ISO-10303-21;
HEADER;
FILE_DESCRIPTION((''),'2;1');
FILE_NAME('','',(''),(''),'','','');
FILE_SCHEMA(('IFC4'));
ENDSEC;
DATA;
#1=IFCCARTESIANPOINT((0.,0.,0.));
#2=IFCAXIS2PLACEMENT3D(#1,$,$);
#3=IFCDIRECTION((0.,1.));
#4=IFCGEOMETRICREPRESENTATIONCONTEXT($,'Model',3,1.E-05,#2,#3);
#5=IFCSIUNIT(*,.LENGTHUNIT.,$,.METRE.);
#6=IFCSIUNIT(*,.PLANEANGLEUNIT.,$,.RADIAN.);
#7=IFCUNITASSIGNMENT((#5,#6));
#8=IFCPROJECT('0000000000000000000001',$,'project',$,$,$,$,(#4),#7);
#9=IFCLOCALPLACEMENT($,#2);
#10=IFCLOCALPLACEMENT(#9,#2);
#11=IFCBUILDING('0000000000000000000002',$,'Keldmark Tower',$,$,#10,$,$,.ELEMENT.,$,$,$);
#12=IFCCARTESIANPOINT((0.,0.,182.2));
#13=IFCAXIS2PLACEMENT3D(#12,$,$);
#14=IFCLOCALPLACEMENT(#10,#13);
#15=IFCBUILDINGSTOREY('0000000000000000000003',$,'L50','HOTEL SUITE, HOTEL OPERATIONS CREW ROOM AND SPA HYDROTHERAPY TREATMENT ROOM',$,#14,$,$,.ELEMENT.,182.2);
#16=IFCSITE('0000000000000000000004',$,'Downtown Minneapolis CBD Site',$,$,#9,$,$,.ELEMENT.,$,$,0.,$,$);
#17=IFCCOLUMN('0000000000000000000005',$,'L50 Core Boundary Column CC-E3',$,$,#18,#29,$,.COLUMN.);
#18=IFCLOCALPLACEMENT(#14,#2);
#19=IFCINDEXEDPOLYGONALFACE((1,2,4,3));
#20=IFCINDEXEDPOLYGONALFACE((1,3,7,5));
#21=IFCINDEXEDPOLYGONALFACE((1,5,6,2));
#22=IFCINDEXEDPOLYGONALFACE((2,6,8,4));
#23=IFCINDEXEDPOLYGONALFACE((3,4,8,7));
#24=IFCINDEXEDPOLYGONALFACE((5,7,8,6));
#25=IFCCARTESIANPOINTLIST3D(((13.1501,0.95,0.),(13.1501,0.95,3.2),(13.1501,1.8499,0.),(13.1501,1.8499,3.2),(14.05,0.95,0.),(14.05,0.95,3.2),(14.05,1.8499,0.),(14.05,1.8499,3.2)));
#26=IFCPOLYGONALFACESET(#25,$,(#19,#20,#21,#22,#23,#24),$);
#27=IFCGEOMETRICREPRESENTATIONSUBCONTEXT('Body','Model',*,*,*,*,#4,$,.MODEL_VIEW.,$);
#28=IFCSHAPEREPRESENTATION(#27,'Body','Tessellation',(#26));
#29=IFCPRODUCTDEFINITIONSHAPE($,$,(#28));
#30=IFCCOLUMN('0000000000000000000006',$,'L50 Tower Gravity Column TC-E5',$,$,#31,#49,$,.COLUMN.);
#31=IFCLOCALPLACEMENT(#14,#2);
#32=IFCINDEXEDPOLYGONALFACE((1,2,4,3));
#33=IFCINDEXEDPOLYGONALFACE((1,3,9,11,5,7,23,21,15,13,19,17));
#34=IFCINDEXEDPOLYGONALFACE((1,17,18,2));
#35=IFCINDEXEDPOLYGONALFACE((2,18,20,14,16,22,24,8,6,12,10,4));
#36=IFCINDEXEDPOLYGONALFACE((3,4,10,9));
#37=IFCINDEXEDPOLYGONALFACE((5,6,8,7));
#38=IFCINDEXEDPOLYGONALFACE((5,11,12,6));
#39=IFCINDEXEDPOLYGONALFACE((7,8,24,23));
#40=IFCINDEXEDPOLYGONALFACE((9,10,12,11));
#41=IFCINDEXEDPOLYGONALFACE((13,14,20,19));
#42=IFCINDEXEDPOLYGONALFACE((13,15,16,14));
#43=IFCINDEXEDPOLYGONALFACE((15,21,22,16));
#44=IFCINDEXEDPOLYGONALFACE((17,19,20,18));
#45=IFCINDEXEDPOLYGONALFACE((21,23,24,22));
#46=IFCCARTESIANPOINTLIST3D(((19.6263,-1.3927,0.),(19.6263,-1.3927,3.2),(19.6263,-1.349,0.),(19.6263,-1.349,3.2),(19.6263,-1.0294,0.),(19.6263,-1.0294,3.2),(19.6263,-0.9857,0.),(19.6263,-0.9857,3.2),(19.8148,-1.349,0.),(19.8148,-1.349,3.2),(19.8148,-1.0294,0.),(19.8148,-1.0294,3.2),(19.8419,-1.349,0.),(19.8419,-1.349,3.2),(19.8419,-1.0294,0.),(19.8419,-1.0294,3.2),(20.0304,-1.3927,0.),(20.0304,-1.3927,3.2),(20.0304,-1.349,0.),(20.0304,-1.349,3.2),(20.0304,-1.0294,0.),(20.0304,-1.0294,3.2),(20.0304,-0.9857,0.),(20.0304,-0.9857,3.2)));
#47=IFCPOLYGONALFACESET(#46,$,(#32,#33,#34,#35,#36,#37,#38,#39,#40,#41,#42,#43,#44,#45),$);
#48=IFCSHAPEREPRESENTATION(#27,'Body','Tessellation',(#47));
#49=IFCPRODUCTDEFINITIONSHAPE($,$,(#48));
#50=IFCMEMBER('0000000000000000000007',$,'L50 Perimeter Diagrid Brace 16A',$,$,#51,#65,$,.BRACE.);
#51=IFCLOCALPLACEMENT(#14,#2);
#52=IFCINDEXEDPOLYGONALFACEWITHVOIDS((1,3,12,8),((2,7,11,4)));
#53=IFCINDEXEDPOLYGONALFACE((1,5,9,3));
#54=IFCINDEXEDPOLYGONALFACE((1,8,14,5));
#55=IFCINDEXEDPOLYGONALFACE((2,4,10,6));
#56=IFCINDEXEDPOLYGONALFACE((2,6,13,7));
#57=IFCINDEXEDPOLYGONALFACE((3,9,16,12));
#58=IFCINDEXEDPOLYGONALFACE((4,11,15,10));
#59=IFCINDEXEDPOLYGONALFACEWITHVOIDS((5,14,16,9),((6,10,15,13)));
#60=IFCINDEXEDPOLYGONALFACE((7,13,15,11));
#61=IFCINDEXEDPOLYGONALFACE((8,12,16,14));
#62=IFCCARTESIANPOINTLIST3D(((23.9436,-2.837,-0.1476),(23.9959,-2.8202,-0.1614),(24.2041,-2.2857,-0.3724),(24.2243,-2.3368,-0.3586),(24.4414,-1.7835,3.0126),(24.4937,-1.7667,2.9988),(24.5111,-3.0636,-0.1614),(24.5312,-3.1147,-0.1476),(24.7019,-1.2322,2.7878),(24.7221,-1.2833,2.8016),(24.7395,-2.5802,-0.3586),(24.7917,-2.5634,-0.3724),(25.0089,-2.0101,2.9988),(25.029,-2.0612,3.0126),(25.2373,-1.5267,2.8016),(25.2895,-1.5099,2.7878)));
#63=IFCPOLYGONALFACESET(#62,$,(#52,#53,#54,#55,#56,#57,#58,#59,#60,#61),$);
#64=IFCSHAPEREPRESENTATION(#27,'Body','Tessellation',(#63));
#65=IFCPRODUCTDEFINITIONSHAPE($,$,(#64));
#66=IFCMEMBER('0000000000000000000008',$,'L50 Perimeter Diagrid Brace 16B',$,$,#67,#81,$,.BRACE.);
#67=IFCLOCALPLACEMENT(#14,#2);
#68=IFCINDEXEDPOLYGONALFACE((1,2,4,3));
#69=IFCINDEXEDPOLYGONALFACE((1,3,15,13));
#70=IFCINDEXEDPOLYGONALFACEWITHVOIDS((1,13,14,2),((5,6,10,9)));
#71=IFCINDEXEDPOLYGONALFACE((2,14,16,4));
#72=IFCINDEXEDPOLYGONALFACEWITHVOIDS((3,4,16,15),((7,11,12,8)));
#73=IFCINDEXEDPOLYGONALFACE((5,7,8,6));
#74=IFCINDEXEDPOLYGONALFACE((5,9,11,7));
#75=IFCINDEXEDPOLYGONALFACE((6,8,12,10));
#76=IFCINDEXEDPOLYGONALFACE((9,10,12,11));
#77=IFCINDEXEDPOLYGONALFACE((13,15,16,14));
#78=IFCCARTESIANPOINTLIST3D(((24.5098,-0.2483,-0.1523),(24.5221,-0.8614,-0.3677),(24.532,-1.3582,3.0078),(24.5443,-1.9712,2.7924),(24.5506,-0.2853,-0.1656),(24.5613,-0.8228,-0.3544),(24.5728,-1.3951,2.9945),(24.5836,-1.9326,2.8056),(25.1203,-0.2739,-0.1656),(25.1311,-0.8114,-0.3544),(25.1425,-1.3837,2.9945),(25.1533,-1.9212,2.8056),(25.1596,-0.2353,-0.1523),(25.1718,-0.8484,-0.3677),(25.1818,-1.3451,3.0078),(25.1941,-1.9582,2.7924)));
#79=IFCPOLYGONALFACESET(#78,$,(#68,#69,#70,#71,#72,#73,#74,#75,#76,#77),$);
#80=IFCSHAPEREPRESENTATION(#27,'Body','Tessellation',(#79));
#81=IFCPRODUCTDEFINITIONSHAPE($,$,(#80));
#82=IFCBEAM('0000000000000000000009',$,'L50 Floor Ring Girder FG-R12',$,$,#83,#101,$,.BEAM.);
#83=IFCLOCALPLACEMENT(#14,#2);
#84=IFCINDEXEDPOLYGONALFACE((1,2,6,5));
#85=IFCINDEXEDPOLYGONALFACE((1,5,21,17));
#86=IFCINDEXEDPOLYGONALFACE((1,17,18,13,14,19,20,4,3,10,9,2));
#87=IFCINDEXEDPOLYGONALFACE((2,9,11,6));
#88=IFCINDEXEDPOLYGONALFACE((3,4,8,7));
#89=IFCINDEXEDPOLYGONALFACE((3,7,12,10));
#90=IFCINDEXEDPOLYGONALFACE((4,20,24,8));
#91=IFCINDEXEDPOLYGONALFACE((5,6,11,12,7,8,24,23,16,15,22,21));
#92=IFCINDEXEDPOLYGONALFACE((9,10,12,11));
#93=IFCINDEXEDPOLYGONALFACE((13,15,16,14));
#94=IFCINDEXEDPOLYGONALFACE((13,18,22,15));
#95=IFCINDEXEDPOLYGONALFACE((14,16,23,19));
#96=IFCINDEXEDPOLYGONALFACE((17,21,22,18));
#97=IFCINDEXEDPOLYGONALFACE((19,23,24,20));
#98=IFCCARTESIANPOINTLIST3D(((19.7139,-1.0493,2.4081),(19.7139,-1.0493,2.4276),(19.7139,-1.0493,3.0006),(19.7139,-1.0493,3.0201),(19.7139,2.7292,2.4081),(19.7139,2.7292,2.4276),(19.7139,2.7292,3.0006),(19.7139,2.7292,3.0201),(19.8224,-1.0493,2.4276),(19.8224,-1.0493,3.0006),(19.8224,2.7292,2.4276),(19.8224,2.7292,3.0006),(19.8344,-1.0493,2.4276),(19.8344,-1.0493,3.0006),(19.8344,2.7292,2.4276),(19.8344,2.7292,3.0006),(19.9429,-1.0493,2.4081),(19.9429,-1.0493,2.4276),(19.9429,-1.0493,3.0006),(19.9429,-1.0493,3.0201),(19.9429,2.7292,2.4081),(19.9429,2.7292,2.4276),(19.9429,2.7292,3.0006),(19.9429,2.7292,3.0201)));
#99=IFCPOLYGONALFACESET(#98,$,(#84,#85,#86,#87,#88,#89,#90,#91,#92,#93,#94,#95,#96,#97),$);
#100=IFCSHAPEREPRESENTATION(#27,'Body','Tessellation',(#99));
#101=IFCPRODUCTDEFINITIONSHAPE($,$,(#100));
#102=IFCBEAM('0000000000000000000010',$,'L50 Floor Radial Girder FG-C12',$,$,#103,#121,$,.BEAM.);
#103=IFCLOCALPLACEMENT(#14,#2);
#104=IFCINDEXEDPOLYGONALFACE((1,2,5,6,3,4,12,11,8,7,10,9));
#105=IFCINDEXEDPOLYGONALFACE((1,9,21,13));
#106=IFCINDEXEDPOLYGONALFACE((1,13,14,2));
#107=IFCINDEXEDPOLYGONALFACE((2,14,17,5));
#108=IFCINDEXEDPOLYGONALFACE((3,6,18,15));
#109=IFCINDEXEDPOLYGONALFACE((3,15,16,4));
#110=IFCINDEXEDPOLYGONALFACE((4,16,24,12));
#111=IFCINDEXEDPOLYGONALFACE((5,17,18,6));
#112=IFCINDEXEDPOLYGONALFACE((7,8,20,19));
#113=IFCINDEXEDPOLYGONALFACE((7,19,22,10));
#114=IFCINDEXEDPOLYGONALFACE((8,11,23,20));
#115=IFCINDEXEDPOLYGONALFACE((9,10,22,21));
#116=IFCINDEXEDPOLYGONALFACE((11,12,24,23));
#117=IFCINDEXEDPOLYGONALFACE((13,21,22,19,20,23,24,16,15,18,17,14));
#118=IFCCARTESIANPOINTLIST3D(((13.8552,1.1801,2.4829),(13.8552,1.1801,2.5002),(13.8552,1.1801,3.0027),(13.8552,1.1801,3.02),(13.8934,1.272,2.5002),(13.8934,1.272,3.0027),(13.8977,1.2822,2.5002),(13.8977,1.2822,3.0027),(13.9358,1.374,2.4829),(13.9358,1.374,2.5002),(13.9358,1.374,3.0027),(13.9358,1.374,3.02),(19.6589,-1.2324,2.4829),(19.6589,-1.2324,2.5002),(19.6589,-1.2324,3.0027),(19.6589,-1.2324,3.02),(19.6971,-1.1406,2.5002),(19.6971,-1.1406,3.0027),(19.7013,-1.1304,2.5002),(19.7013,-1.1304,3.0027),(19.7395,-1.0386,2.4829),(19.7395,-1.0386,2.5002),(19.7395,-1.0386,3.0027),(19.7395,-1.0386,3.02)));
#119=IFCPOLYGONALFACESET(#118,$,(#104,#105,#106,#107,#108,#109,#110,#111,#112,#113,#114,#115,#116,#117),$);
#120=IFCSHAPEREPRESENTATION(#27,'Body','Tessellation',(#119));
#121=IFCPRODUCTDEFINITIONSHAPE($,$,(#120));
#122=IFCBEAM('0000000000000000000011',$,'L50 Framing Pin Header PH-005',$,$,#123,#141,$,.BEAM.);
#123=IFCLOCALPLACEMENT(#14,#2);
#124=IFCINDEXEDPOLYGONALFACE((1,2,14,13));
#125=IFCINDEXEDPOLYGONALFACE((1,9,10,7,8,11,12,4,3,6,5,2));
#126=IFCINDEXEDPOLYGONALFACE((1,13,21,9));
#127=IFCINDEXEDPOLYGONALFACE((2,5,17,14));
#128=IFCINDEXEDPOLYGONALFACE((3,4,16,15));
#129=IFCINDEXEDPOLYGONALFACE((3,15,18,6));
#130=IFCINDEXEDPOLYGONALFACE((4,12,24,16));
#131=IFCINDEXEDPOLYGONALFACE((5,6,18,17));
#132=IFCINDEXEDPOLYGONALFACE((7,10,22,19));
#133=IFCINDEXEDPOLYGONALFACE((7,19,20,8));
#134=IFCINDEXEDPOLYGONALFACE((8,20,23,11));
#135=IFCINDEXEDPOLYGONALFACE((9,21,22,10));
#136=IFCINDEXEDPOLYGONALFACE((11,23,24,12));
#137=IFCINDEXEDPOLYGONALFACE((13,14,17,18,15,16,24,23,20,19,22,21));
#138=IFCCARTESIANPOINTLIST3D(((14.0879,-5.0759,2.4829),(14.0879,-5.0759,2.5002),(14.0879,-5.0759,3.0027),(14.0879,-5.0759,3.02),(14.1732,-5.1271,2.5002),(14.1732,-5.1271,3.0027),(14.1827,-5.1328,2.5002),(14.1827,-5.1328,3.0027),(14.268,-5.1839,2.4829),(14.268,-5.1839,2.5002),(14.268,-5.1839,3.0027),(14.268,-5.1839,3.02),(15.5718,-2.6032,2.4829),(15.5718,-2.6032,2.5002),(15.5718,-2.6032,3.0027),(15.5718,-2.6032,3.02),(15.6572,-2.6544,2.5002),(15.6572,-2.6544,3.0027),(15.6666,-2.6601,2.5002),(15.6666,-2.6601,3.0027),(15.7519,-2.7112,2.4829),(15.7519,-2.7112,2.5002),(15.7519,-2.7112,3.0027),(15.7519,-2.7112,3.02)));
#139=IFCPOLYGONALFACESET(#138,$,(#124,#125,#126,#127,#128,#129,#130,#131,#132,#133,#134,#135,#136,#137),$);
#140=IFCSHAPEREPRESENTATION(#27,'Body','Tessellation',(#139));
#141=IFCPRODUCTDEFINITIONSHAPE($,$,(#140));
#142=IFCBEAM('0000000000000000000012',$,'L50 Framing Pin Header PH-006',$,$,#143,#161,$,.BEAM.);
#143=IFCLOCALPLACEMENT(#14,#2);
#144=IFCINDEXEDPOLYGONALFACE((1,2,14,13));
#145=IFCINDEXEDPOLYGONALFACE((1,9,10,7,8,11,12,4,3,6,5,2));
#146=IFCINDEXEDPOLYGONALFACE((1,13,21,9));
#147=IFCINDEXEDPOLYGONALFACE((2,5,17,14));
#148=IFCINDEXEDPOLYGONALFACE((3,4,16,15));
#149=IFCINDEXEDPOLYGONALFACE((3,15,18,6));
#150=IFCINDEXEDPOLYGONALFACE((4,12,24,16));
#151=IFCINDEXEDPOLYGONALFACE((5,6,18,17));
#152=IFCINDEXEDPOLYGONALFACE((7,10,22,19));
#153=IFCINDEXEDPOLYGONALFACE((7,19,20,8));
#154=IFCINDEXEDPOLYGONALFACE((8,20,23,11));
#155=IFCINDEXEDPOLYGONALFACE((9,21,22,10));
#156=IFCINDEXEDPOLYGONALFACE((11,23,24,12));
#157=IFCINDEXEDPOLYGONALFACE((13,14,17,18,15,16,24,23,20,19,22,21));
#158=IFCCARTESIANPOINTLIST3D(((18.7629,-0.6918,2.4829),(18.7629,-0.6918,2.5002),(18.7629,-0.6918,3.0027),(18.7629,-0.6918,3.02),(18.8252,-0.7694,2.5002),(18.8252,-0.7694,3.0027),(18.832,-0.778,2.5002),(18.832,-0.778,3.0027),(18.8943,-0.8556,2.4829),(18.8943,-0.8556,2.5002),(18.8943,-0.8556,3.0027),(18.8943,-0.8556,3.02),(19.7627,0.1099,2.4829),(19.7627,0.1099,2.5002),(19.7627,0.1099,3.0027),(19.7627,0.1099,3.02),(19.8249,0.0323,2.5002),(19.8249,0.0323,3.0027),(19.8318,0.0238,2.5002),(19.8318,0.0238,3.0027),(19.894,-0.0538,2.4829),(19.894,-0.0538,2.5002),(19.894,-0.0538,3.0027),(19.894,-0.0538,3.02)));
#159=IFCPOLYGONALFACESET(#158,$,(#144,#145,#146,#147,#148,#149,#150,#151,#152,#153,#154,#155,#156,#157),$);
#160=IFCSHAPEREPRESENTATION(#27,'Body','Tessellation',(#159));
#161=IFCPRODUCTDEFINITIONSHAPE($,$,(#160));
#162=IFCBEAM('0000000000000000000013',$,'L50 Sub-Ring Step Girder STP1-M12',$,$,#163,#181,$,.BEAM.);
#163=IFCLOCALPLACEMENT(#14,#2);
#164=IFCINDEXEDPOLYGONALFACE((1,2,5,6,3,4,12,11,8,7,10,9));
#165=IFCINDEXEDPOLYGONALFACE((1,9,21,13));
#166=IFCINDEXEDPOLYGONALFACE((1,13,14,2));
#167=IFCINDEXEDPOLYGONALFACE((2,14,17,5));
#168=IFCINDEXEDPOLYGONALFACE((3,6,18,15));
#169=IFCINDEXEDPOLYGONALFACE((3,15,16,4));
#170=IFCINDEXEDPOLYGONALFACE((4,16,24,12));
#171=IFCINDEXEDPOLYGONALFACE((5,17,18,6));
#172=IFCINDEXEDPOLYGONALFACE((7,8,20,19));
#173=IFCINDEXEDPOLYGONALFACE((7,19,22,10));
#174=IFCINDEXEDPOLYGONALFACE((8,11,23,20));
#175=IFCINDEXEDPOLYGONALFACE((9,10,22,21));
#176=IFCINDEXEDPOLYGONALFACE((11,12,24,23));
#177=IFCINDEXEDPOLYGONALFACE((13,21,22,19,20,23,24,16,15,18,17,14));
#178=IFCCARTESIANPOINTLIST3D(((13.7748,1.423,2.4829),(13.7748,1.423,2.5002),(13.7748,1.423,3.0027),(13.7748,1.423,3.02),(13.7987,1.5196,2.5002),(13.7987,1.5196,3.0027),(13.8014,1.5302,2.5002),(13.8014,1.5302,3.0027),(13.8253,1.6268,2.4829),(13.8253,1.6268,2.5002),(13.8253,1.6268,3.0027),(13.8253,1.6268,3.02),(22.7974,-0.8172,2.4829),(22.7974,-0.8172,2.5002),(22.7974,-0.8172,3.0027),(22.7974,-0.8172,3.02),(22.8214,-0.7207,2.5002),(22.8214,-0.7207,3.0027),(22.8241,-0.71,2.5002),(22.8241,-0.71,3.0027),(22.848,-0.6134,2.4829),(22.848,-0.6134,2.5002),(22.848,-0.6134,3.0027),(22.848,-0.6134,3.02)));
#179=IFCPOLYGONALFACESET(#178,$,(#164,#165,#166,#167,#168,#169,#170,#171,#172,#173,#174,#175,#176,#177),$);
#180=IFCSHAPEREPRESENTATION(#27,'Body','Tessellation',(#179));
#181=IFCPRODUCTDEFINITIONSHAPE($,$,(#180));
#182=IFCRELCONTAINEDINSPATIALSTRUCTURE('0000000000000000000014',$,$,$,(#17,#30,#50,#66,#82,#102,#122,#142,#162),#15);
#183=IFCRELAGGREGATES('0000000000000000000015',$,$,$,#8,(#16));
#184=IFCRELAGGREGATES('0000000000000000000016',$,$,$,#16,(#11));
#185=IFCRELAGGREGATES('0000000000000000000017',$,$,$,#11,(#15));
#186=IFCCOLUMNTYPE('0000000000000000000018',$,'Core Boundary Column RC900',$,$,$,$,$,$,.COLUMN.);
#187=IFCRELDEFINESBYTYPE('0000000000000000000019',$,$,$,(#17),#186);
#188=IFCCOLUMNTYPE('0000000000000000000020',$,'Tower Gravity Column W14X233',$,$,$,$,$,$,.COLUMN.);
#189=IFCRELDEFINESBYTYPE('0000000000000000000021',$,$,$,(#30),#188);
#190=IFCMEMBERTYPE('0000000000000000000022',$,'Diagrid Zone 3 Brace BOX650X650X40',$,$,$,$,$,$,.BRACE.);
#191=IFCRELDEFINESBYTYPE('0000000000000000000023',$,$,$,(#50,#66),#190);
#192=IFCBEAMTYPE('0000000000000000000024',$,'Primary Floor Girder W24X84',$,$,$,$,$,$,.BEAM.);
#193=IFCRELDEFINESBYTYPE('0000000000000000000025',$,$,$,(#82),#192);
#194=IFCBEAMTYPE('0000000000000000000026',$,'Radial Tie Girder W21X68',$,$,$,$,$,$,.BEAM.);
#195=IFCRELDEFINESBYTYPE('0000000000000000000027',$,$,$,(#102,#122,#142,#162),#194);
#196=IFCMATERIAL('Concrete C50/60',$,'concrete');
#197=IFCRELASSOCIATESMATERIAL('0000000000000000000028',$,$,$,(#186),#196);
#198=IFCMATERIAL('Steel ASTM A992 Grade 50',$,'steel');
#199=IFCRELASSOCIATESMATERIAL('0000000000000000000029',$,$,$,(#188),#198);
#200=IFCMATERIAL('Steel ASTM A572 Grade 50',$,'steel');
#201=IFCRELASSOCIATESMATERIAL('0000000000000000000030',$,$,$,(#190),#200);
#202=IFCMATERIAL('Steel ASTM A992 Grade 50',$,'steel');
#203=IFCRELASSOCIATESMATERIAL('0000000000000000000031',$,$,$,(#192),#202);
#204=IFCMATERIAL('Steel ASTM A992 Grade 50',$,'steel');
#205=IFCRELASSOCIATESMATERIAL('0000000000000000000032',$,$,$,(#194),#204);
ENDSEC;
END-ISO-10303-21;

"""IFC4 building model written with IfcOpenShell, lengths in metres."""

from ifc_helpers import new_model, si_unit, direction, frame, origin, origin_2d, place, context, subcontext, project, spatial, rectangle, hollow_rectangle, i_section, extrude, material, material_profile, profile_set, type_object, element, save


model = new_model("IFC4")

# Units and contexts
model_context = context("Model", 3, precision=1e-05, world=origin(), true_north=direction((0.0, 1.0)))
body_context = subcontext(model_context, "Body", "Model", "MODEL_VIEW")
ifc_project = project(units=[si_unit("LENGTHUNIT", "METRE"), si_unit("PLANEANGLEUNIT", "RADIAN")], contexts=[model_context])

# Site, building, storey
site_placement = place(None, origin())
site = spatial("IfcSite", under=ifc_project, at=site_placement, Name="Downtown Minneapolis CBD Site", CompositionType="ELEMENT", RefElevation=0.0)
building_placement = place(site_placement, origin())
building = spatial("IfcBuilding", under=site, at=building_placement, Name="Keldmark Tower", CompositionType="ELEMENT")
storey_placement = place(building_placement, frame((0.0, 0.0, 182.2)))
storey = spatial("IfcBuildingStorey", under=building, at=storey_placement, Name="L50", Description="HOTEL SUITE, HOTEL OPERATIONS CREW ROOM AND SPA HYDROTHERAPY TREATMENT ROOM", CompositionType="ELEMENT", Elevation=182.2)

# Columns
ifc_material_1 = material(Name="Concrete C50/60", Category="concrete")
ifc_material_profile_1 = material_profile(ifc_material_1, rectangle(XDim=0.8999, YDim=0.8999, at=origin_2d()), Name="RC900X900")
ifc_profile_set_1 = profile_set([ifc_material_profile_1], Name="Concrete C50/60")
column_type_1 = type_object("IfcColumnType", Name="Core Boundary Column RC900", PredefinedType="COLUMN", material=ifc_profile_set_1)
column_1_placement = place(storey_placement, frame((13.6001, 1.3999, 0.0), z_axis=(0.0, 0.0, 1.0), x_axis=(1.0, 0.0, 0.0)))
element("IfcColumn", 1, at=column_1_placement, inside=storey, type_object=column_type_1, Name="L50 Core Boundary Column CC-E3", PredefinedType="COLUMN", context=body_context, shape_type="SweptSolid", body=[
    extrude(rectangle(XDim=0.8999, YDim=0.8999, at=origin_2d()), origin(), (0.0, 0.0, 1.0), 3.2),
])
ifc_material_2 = material(Name="Steel ASTM A992 Grade 50", Category="steel")
ifc_material_profile_2 = material_profile(ifc_material_2, i_section(OverallWidth=0.4041, OverallDepth=0.407, WebThickness=0.0271, FlangeThickness=0.0437, at=origin_2d()), Name="W14X233")
ifc_profile_set_2 = profile_set([ifc_material_profile_2], Name="Steel ASTM A992 Grade 50")
column_type_2 = type_object("IfcColumnType", Name="Tower Gravity Column W14X233", PredefinedType="COLUMN", material=ifc_profile_set_2)
column_2_placement = place(storey_placement, frame((19.8284, -1.1892, 0.0), z_axis=(0.0, 0.0, 1.0), x_axis=(1.0, 0.0, 0.0)))
element("IfcColumn", 2, at=column_2_placement, inside=storey, type_object=column_type_2, Name="L50 Tower Gravity Column TC-E5", PredefinedType="COLUMN", context=body_context, shape_type="SweptSolid", body=[
    extrude(i_section(OverallWidth=0.4041, OverallDepth=0.407, WebThickness=0.0271, FlangeThickness=0.0437, at=origin_2d()), origin(), (0.0, 0.0, 1.0), 3.2),
])

# Members
ifc_material_3 = material(Name="Steel ASTM A572 Grade 50", Category="steel")
ifc_material_profile_3 = material_profile(ifc_material_3, hollow_rectangle(XDim=0.6499, YDim=0.6499, WallThickness=0.04, at=origin_2d()), Name="BOX650X650X40")
ifc_profile_set_3 = profile_set([ifc_material_profile_3], Name="Steel ASTM A572 Grade 50")
member_type = type_object("IfcMemberType", Name="Diagrid Zone 3 Brace BOX650X650X40", PredefinedType="BRACE", material=ifc_profile_set_3)
member_1_placement = place(storey_placement, frame((24.3677, -2.7002, -0.26), z_axis=(0.147799, 0.312777, 0.938257), x_axis=(-0.904138, 0.427239, 0.0)))
element("IfcMember", 3, at=member_1_placement, inside=storey, type_object=member_type, Name="L50 Perimeter Diagrid Brace 16A", PredefinedType="BRACE", context=body_context, shape_type="SweptSolid", body=[
    extrude(hollow_rectangle(XDim=0.6499, YDim=0.6499, WallThickness=0.04, at=origin_2d()), origin(), (0.0, 0.0, 1.0), 3.3682),
])
member_2_placement = place(storey_placement, frame((24.8408, -0.5483, -0.26), z_axis=(0.006633, -0.331356, 0.943483), x_axis=(0.9998, 0.020014, 0.0)))
element("IfcMember", 4, at=member_2_placement, inside=storey, type_object=member_type, Name="L50 Perimeter Diagrid Brace 16B", PredefinedType="BRACE", context=body_context, shape_type="SweptSolid", body=[
    extrude(hollow_rectangle(XDim=0.6499, YDim=0.6499, WallThickness=0.04, at=origin_2d()), origin(), (0.0, 0.0, 1.0), 3.3494),
])

# Beams
ifc_material_4 = material(Name="Steel ASTM A992 Grade 50", Category="steel")
ifc_material_profile_4 = material_profile(ifc_material_4, i_section(OverallWidth=0.229, OverallDepth=0.6121, WebThickness=0.012, FlangeThickness=0.0195, at=origin_2d()), Name="W24X84")
ifc_profile_set_4 = profile_set([ifc_material_profile_4], Name="Steel ASTM A992 Grade 50")
beam_type_1 = type_object("IfcBeamType", Name="Primary Floor Girder W24X84", PredefinedType="BEAM", material=ifc_profile_set_4)
beam_1_placement = place(storey_placement, frame((19.8284, -1.0493, 2.7141), z_axis=(0.0, 1.0, 0.0), x_axis=(-1.0, 0.0, 0.0)))
element("IfcBeam", 5, at=beam_1_placement, inside=storey, type_object=beam_type_1, Name="L50 Floor Ring Girder FG-R12", PredefinedType="BEAM", context=body_context, shape_type="SweptSolid", body=[
    extrude(i_section(OverallWidth=0.229, OverallDepth=0.6121, WebThickness=0.012, FlangeThickness=0.0195, at=origin_2d()), origin(), (0.0, 0.0, 1.0), 3.7786),
])
ifc_material_5 = material(Name="Steel ASTM A992 Grade 50", Category="steel")
ifc_material_profile_5 = material_profile(ifc_material_5, i_section(OverallWidth=0.21, OverallDepth=0.5371, WebThickness=0.011, FlangeThickness=0.0173, at=origin_2d()), Name="W21X68")
ifc_profile_set_5 = profile_set([ifc_material_profile_5], Name="Steel ASTM A992 Grade 50")
beam_type_2 = type_object("IfcBeamType", Name="Radial Tie Girder W21X68", PredefinedType="BEAM", material=ifc_profile_set_5)
beam_2_placement = place(storey_placement, frame((19.6992, -1.1355, 2.7515), z_axis=(-0.923394, 0.383854, 0.0), x_axis=(-0.383854, -0.923394, 0.0)))
element("IfcBeam", 6, at=beam_2_placement, inside=storey, type_object=beam_type_2, Name="L50 Floor Radial Girder FG-C12", PredefinedType="BEAM", context=body_context, shape_type="SweptSolid", body=[
    extrude(i_section(OverallWidth=0.21, OverallDepth=0.5371, WebThickness=0.011, FlangeThickness=0.0173, at=origin_2d()), origin(), (0.0, 0.0, 1.0), 6.2852),
])
beam_3_placement = place(storey_placement, frame((15.6619, -2.6572, 2.7515), z_axis=(-0.51457, -0.857448, 0.0), x_axis=(0.857448, -0.51457, 0.0)))
element("IfcBeam", 7, at=beam_3_placement, inside=storey, type_object=beam_type_2, Name="L50 Framing Pin Header PH-005", PredefinedType="BEAM", context=body_context, shape_type="SweptSolid", body=[
    extrude(i_section(OverallWidth=0.21, OverallDepth=0.5371, WebThickness=0.011, FlangeThickness=0.0173, at=origin_2d()), origin(), (0.0, 0.0, 1.0), 2.8838),
])
beam_4_placement = place(storey_placement, frame((18.8286, -0.7737, 2.7515), z_axis=(0.780125, 0.625624, 0.0), x_axis=(-0.625624, 0.780125, 0.0)))
element("IfcBeam", 8, at=beam_4_placement, inside=storey, type_object=beam_type_2, Name="L50 Framing Pin Header PH-006", PredefinedType="BEAM", context=body_context, shape_type="SweptSolid", body=[
    extrude(i_section(OverallWidth=0.21, OverallDepth=0.5371, WebThickness=0.011, FlangeThickness=0.0173, at=origin_2d()), origin(), (0.0, 0.0, 1.0), 1.2815),
])
beam_5_placement = place(storey_placement, frame((13.8, 1.5249, 2.7515), z_axis=(0.970532, -0.240972, 0.0), x_axis=(0.240972, 0.970532, 0.0)))
element("IfcBeam", 9, at=beam_5_placement, inside=storey, type_object=beam_type_2, Name="L50 Sub-Ring Step Girder STP1-M12", PredefinedType="BEAM", context=body_context, shape_type="SweptSolid", body=[
    extrude(i_section(OverallWidth=0.21, OverallDepth=0.5371, WebThickness=0.011, FlangeThickness=0.0173, at=origin_2d()), origin(), (0.0, 0.0, 1.0), 9.2966),
])

save(model, "model.ifc")
